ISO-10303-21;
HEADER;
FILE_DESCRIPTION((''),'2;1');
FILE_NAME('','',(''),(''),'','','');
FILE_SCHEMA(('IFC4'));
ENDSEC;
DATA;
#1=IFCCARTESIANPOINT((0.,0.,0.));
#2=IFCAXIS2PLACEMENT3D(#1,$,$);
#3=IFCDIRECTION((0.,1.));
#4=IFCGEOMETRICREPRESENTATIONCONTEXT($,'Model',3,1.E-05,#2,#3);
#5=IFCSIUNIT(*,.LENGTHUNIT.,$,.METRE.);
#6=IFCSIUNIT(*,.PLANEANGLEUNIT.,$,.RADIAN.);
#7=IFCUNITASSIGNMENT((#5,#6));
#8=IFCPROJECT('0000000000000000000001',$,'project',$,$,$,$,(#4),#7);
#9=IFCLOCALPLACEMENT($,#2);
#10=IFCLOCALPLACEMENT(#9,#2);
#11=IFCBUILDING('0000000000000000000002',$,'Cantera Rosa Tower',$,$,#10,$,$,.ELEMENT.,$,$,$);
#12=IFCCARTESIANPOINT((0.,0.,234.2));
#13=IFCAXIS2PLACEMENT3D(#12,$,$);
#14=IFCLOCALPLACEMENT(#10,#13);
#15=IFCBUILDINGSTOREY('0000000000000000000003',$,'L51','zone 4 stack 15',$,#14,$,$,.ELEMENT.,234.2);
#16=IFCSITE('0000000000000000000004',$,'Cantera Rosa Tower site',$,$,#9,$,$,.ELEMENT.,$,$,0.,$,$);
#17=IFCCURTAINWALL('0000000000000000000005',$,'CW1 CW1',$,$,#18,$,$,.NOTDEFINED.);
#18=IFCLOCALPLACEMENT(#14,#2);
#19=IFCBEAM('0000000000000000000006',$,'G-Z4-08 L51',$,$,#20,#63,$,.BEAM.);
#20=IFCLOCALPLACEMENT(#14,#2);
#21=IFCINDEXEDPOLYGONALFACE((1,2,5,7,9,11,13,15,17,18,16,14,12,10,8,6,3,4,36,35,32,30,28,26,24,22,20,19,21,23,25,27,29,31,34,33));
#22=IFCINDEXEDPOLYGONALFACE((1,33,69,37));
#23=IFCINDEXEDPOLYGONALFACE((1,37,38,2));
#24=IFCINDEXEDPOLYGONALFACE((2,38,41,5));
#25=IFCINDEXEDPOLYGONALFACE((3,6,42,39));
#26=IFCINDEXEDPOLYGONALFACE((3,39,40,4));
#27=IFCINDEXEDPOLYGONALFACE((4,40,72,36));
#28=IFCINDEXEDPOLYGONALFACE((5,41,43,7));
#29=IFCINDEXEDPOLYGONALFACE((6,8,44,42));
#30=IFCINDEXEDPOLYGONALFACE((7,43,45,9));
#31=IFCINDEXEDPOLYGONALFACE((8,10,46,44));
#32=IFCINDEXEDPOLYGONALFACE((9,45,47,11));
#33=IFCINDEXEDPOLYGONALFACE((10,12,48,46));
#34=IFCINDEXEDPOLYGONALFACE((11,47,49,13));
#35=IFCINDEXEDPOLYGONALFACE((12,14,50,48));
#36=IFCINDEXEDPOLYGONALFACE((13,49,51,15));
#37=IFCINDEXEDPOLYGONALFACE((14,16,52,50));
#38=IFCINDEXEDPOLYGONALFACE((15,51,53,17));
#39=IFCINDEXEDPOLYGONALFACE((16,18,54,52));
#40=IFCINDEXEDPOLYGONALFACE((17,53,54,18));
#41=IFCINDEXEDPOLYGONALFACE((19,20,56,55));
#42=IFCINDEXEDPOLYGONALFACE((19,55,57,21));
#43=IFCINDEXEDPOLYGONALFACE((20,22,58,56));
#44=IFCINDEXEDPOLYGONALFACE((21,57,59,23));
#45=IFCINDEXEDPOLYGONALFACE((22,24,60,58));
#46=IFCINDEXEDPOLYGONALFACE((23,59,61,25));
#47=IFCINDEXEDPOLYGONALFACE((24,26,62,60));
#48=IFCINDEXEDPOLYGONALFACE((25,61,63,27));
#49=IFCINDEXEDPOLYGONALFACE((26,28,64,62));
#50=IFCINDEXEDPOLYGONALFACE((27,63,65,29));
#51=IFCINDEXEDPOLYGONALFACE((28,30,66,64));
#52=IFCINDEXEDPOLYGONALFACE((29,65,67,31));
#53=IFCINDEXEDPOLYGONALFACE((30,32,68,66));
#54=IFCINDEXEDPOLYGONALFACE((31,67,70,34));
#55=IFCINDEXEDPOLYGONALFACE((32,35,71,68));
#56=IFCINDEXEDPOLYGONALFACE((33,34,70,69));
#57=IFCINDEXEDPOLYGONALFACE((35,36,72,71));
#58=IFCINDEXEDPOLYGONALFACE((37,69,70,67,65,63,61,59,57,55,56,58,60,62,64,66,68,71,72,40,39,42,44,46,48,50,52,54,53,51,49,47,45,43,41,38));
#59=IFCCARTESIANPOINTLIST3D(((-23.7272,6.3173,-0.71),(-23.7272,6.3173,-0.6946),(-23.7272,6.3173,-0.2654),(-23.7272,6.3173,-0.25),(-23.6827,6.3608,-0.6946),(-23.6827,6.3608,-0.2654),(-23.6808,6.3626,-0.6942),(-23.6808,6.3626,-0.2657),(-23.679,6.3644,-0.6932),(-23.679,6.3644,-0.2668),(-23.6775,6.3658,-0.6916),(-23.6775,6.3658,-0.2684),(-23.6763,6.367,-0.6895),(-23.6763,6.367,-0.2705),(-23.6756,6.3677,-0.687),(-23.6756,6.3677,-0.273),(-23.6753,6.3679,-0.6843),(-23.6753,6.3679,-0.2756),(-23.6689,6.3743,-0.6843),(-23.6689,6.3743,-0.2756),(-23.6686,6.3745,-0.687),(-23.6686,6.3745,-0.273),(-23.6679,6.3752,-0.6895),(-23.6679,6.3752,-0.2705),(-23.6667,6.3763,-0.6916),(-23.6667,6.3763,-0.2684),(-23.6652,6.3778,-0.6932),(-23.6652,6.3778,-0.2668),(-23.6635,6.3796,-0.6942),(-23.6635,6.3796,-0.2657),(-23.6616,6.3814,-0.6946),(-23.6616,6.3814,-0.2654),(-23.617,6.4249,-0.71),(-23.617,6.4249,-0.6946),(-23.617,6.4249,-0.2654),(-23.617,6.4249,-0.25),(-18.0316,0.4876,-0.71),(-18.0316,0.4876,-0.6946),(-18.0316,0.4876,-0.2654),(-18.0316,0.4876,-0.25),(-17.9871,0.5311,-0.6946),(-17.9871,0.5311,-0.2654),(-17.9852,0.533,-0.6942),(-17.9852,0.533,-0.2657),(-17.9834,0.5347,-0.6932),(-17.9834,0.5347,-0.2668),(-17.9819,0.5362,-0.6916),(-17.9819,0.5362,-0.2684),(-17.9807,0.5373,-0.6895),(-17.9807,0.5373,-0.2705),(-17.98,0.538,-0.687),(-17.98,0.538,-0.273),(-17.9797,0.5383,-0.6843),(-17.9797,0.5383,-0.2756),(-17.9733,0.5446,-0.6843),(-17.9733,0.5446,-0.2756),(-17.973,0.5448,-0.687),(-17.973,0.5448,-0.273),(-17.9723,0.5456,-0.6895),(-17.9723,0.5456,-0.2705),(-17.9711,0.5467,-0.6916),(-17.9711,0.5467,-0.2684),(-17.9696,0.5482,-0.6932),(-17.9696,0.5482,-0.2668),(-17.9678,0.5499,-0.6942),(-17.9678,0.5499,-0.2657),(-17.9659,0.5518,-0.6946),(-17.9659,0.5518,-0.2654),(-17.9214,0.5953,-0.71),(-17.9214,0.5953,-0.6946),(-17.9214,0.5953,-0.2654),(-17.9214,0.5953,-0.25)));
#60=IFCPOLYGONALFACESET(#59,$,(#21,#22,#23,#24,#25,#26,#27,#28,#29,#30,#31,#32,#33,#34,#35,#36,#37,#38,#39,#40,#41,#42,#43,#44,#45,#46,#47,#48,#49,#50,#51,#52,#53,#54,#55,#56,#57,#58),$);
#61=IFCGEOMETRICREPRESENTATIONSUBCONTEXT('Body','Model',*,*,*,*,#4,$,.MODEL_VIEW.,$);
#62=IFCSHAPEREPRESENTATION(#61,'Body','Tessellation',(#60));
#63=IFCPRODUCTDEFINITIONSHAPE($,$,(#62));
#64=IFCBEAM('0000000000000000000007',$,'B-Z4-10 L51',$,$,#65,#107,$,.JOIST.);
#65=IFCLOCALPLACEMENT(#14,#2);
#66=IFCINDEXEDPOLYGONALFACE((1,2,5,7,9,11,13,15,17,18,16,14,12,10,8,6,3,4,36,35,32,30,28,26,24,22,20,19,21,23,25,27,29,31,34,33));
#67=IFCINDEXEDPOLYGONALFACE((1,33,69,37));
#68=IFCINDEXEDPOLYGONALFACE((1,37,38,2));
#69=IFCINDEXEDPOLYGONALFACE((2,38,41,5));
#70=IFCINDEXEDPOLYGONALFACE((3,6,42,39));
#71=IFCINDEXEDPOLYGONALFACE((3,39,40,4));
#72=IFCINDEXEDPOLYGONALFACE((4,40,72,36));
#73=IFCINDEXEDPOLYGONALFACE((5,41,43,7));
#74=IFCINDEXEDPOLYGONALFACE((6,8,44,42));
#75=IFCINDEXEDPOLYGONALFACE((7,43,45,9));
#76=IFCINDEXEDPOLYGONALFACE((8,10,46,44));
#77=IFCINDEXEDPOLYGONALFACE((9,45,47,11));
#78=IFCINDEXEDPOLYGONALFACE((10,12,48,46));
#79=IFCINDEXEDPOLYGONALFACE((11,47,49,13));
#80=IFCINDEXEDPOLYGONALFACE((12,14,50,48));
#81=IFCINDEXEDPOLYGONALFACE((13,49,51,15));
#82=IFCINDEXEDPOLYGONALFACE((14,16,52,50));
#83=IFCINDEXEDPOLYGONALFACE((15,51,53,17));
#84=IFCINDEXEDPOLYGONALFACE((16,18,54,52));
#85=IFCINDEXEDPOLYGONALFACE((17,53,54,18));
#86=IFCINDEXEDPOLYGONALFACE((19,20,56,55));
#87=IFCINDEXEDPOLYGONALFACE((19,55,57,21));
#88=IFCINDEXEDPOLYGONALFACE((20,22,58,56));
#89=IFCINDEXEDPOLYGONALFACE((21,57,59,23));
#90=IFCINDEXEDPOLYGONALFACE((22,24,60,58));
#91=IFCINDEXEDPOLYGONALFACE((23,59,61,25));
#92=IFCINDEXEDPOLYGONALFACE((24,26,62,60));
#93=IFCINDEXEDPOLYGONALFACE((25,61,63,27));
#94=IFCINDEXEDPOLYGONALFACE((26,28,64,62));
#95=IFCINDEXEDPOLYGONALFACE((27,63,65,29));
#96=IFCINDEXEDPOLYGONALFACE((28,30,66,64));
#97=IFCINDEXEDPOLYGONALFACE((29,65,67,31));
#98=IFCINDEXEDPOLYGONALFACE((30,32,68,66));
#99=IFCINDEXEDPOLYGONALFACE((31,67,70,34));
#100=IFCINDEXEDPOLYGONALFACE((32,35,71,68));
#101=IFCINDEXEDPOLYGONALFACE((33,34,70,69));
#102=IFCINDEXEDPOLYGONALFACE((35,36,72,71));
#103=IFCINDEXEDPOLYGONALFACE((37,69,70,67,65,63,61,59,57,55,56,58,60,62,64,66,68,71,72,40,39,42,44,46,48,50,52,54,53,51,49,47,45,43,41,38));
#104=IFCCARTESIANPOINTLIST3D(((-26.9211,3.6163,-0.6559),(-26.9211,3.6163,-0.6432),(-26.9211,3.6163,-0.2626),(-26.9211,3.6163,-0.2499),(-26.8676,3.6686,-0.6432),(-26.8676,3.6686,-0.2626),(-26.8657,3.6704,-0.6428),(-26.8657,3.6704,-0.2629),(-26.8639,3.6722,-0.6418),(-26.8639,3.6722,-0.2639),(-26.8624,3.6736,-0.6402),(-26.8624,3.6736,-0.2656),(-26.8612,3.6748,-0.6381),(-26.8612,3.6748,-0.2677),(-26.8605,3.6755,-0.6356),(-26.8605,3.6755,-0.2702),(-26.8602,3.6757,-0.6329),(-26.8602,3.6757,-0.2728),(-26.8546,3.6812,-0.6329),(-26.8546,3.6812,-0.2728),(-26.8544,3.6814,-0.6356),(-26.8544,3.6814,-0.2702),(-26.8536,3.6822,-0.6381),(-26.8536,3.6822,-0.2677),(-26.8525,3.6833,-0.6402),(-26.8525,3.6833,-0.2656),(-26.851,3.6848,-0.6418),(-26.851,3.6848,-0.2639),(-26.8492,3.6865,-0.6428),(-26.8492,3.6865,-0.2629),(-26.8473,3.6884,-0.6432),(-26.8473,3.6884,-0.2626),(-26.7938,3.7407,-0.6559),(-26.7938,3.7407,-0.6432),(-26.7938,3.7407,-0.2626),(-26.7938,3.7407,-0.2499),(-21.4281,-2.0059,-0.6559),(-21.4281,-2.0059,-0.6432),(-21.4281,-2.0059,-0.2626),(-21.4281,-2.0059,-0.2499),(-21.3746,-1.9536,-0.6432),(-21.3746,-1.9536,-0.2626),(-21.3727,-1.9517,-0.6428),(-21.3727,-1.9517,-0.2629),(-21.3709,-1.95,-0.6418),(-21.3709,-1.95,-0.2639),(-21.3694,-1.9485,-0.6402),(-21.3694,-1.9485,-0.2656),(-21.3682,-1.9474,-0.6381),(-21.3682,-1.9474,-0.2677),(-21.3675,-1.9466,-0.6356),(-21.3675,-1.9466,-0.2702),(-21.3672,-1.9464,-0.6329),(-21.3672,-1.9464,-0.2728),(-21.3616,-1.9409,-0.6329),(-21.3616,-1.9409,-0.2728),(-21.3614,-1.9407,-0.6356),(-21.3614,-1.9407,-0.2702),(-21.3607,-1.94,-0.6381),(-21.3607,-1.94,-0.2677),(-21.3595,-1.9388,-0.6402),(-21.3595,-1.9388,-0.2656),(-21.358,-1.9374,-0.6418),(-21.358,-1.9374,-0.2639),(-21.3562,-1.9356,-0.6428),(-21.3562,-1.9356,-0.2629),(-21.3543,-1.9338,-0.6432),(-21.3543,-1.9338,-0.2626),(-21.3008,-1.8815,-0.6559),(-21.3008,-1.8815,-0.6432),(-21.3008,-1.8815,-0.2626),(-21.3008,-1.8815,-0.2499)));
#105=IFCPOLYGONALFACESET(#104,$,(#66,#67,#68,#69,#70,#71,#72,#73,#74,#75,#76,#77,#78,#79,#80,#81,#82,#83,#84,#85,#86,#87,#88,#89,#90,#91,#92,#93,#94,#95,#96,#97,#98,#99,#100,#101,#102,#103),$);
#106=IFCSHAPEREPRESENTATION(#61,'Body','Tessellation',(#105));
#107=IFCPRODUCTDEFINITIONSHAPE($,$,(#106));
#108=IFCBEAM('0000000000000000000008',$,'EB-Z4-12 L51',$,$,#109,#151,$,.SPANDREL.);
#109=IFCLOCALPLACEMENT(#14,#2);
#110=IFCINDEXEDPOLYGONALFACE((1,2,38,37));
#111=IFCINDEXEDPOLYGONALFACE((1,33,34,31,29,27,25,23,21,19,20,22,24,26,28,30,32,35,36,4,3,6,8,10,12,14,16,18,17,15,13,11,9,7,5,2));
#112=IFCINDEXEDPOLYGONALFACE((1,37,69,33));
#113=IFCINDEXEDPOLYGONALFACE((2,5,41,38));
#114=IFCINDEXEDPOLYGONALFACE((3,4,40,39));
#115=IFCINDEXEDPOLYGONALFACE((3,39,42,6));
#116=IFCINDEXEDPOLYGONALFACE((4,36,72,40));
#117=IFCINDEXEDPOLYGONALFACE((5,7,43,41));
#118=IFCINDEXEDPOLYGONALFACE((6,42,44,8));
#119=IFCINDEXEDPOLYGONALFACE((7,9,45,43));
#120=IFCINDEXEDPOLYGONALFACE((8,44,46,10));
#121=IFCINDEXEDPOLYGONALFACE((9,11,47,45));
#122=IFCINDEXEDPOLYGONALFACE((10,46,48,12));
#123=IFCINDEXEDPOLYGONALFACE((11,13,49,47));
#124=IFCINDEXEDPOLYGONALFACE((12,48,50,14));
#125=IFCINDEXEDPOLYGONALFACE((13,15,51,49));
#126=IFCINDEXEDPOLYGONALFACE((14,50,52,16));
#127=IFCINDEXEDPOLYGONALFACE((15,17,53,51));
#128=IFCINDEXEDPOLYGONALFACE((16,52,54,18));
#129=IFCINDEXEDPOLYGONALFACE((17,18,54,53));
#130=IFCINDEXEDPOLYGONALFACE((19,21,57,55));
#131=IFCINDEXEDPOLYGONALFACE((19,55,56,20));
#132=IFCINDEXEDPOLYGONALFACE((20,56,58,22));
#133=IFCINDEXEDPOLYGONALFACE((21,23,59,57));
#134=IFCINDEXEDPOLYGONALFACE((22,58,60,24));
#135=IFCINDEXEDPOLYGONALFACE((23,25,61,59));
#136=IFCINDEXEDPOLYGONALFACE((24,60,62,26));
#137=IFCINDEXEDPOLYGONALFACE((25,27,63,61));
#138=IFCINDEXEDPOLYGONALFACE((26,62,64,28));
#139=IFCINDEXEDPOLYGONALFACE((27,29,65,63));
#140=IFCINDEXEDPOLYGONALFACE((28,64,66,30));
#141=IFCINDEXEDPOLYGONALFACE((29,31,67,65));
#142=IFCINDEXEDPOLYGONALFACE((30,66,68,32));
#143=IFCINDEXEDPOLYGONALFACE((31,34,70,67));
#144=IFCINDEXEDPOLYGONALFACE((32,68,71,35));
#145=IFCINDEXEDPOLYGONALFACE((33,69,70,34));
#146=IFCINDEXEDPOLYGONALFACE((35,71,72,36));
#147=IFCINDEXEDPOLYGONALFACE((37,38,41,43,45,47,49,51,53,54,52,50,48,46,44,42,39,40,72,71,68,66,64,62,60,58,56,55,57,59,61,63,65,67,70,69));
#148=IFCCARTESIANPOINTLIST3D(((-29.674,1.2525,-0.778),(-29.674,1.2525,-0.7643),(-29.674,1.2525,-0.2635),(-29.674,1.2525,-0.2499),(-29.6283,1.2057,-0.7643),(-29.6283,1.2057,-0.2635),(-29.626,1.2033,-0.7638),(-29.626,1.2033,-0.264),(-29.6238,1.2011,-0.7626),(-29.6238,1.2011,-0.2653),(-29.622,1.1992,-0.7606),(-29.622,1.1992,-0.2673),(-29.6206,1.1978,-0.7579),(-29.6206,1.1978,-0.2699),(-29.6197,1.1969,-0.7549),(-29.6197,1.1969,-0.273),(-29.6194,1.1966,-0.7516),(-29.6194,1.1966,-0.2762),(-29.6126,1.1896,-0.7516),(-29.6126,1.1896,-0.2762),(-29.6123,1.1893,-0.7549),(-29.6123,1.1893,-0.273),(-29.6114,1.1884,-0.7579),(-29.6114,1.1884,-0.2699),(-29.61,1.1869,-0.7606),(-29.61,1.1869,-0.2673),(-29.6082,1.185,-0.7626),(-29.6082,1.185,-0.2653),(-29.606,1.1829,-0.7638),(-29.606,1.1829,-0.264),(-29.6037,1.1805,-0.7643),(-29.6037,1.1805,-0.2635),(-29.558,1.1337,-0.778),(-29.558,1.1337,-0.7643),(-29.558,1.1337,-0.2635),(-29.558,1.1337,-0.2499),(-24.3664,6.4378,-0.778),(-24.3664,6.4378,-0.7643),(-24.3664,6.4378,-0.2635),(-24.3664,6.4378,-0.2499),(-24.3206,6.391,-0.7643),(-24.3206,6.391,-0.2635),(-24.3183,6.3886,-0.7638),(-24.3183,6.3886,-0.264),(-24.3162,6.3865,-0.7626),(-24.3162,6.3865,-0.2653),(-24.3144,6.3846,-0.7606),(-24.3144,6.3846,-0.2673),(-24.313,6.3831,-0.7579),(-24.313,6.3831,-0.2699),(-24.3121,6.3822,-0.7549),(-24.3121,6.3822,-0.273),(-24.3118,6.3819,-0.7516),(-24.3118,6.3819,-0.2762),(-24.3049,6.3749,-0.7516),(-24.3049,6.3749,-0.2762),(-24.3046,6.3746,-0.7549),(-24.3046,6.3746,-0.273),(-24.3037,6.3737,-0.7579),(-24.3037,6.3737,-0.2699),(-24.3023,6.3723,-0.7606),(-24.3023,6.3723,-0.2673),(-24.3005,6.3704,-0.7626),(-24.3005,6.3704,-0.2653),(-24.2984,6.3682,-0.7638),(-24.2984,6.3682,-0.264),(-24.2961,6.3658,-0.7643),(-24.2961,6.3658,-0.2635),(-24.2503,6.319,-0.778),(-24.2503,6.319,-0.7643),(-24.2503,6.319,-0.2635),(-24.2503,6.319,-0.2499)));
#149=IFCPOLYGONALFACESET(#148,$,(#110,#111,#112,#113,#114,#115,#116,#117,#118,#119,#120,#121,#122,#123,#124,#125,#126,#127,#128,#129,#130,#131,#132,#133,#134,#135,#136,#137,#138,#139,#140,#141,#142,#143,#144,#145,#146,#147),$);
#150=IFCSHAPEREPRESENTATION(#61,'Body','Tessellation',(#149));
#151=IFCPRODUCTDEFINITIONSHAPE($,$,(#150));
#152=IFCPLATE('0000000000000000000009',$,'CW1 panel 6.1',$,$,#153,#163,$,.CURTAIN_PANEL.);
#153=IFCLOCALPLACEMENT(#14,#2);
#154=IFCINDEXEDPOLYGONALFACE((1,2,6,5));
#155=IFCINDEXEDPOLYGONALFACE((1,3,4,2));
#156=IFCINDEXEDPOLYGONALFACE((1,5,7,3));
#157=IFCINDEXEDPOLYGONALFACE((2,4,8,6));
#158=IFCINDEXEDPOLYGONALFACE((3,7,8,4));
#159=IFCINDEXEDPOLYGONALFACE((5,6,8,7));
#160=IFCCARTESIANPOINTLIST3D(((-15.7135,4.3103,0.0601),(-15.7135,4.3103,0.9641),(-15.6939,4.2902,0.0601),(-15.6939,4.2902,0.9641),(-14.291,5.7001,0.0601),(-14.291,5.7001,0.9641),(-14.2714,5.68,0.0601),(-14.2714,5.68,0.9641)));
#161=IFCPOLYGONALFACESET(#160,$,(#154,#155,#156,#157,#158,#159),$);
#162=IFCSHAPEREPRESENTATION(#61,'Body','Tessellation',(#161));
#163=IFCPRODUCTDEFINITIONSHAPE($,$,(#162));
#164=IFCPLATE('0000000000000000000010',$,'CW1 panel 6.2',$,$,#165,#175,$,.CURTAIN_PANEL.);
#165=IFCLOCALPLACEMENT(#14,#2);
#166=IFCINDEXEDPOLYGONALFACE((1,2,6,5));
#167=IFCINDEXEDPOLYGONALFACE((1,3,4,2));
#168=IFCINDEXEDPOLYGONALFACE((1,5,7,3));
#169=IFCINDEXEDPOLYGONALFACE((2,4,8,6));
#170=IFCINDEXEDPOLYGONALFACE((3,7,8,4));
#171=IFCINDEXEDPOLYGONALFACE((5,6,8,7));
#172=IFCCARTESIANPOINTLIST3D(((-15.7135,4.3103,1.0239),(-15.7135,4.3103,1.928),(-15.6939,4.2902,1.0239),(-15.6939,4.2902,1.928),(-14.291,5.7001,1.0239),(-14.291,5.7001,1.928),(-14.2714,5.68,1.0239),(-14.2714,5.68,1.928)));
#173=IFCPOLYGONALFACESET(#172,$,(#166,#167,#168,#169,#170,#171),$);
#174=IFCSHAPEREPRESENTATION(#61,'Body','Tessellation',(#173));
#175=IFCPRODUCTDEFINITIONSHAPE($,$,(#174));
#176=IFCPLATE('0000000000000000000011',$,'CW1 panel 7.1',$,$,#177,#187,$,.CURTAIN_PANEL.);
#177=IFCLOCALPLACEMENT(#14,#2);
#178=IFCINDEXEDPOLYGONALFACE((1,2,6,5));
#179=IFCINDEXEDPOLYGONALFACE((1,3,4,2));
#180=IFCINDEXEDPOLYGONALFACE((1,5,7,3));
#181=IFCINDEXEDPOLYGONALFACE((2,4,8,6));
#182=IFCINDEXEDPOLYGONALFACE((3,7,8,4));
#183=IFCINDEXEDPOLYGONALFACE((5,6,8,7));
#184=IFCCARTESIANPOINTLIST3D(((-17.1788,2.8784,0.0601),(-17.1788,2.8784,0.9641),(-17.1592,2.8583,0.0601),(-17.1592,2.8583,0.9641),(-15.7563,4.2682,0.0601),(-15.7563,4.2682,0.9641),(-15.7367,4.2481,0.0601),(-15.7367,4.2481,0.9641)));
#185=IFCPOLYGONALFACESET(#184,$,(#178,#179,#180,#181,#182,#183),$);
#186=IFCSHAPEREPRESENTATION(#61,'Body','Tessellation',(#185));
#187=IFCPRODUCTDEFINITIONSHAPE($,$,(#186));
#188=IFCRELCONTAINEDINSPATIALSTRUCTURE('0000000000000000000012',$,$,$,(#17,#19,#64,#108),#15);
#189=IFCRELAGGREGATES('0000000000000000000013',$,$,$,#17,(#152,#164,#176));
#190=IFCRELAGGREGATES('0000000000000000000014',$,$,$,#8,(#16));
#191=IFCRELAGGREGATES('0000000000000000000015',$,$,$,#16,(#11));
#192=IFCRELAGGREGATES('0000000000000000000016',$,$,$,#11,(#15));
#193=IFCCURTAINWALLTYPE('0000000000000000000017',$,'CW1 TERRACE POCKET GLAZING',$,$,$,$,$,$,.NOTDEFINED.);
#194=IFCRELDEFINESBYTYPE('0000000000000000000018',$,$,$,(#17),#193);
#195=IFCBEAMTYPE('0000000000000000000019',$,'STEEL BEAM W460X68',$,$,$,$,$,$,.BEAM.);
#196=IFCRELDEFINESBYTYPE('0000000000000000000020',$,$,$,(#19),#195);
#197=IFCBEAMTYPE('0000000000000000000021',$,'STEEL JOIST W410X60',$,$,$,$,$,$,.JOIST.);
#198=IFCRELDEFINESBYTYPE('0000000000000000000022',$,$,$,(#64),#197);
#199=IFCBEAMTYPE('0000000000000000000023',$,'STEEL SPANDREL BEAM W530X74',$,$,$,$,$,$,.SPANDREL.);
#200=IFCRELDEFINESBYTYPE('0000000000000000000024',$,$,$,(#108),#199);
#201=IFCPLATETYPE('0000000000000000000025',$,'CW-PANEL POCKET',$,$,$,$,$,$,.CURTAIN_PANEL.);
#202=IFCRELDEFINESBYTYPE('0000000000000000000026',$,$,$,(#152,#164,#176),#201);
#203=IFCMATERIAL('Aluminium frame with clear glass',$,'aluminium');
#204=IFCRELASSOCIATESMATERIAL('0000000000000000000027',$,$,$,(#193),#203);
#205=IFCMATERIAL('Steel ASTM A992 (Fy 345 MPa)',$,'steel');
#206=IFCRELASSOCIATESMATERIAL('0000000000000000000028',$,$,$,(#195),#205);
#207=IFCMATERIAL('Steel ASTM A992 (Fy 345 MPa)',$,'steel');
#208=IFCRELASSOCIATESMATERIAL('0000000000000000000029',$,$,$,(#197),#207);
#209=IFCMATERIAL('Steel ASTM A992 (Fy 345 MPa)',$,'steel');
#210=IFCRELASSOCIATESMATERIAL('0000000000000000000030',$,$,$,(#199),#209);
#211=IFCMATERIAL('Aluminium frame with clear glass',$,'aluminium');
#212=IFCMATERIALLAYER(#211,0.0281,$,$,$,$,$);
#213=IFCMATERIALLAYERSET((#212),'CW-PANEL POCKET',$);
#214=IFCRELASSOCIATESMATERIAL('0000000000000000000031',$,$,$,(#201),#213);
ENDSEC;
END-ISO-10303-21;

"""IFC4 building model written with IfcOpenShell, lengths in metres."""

from ifc_helpers import new_model, si_unit, direction, frame, origin, origin_2d, place, context, subcontext, project, spatial, rectangle, i_section, extrude, material, layer, layer_set, material_profile, profile_set, type_object, element, aggregate, save


model = new_model("IFC4")

# Units and contexts
model_context = context("Model", 3, precision=1e-05, world=origin(), true_north=direction((0.0, 1.0)))
body_context = subcontext(model_context, "Body", "Model", "MODEL_VIEW")
ifc_project = project(units=[si_unit("LENGTHUNIT", "METRE"), si_unit("PLANEANGLEUNIT", "RADIAN")], contexts=[model_context])

# Site, building, storey
site_placement = place(None, origin())
site = spatial("IfcSite", under=ifc_project, at=site_placement, Name="Cantera Rosa Tower site", CompositionType="ELEMENT", RefElevation=0.0)
building_placement = place(site_placement, origin())
building = spatial("IfcBuilding", under=site, at=building_placement, Name="Cantera Rosa Tower", CompositionType="ELEMENT")
storey_placement = place(building_placement, frame((0.0, 0.0, 234.2)))
storey = spatial("IfcBuildingStorey", under=building, at=storey_placement, Name="L51", Description="zone 4 stack 15", CompositionType="ELEMENT", Elevation=234.2)

# Curtain wall
ifc_material_1 = material(Name="Aluminium frame with clear glass", Category="aluminium")
curtain_wall_type = type_object("IfcCurtainWallType", Name="CW1 TERRACE POCKET GLAZING", PredefinedType="NOTDEFINED", material=ifc_material_1)
curtain_wall_placement = place(storey_placement, origin())
curtain_wall = element("IfcCurtainWall", 1, at=curtain_wall_placement, inside=storey, type_object=curtain_wall_type, Name="CW1 CW1", PredefinedType="NOTDEFINED")

# Beams
ifc_material_2 = material(Name="Steel ASTM A992 (Fy 345 MPa)", Category="steel")
ifc_material_profile_1 = material_profile(ifc_material_2, i_section(OverallWidth=0.1541, OverallDepth=0.46, WebThickness=0.009, FlangeThickness=0.0154, FilletRadius=0.0103, at=origin_2d()), Name="W460X68")
ifc_profile_set_1 = profile_set([ifc_material_profile_1], Name="Steel ASTM A992 (Fy 345 MPa)")
beam_type_1 = type_object("IfcBeamType", Name="STEEL BEAM W460X68", PredefinedType="BEAM", material=ifc_profile_set_1)
beam_1_placement = place(storey_placement, frame((-23.6721, 6.3711, -0.48), z_axis=(0.698836, -0.715282, 0.0), x_axis=(0.715282, 0.698836, 0.0)))
element("IfcBeam", 2, at=beam_1_placement, inside=storey, type_object=beam_type_1, Name="G-Z4-08 L51", PredefinedType="BEAM", context=body_context, shape_type="SweptSolid", body=[
    extrude(i_section(OverallWidth=0.1541, OverallDepth=0.46, WebThickness=0.009, FlangeThickness=0.0154, FilletRadius=0.0103, at=origin_2d()), origin(), (0.0, 0.0, 1.0), 8.1501),
])
ifc_material_3 = material(Name="Steel ASTM A992 (Fy 345 MPa)", Category="steel")
ifc_material_profile_2 = material_profile(ifc_material_3, i_section(OverallWidth=0.178, OverallDepth=0.406, WebThickness=0.0078, FlangeThickness=0.0127, FilletRadius=0.0103, at=origin_2d()), Name="W410X60")
ifc_profile_set_2 = profile_set([ifc_material_profile_2], Name="Steel ASTM A992 (Fy 345 MPa)")
beam_type_2 = type_object("IfcBeamType", Name="STEEL JOIST W410X60", PredefinedType="JOIST", material=ifc_profile_set_2)
beam_2_placement = place(storey_placement, frame((-26.8574, 3.6785, -0.4529), z_axis=(0.698843, -0.715275, 0.0), x_axis=(0.715275, 0.698843, 0.0)))
element("IfcBeam", 3, at=beam_2_placement, inside=storey, type_object=beam_type_2, Name="B-Z4-10 L51", PredefinedType="JOIST", context=body_context, shape_type="SweptSolid", body=[
    extrude(i_section(OverallWidth=0.178, OverallDepth=0.406, WebThickness=0.0078, FlangeThickness=0.0127, FilletRadius=0.0103, at=origin_2d()), origin(), (0.0, 0.0, 1.0), 7.8601),
])
ifc_material_4 = material(Name="Steel ASTM A992 (Fy 345 MPa)", Category="steel")
ifc_material_profile_3 = material_profile(ifc_material_4, i_section(OverallWidth=0.166, OverallDepth=0.5281, WebThickness=0.0098, FlangeThickness=0.0137, FilletRadius=0.0127, at=origin_2d()), Name="W530X74")
ifc_profile_set_3 = profile_set([ifc_material_profile_3], Name="Steel ASTM A992 (Fy 345 MPa)")
beam_type_3 = type_object("IfcBeamType", Name="STEEL SPANDREL BEAM W530X74", PredefinedType="SPANDREL", material=ifc_profile_set_3)
beam_3_placement = place(storey_placement, frame((-24.3083, 6.3784, -0.5139), z_axis=(-0.715301, -0.698817, 0.0), x_axis=(0.698817, -0.715301, 0.0)))
element("IfcBeam", 4, at=beam_3_placement, inside=storey, type_object=beam_type_3, Name="EB-Z4-12 L51", PredefinedType="SPANDREL", context=body_context, shape_type="SweptSolid", body=[
    extrude(i_section(OverallWidth=0.166, OverallDepth=0.5281, WebThickness=0.0098, FlangeThickness=0.0137, FilletRadius=0.0127, at=origin_2d()), origin(), (0.0, 0.0, 1.0), 7.4202),
])

# Plates
ifc_material_5 = material(Name="Aluminium frame with clear glass", Category="aluminium")
ifc_layer_1 = layer(ifc_material_5, 0.0281)
ifc_layer_set_1 = layer_set([ifc_layer_1], Name="CW-PANEL POCKET")
plate_type_1 = type_object("IfcPlateType", Name="CW-PANEL POCKET", PredefinedType="CURTAIN_PANEL", material=ifc_layer_set_1)
plate_1_placement = place(storey_placement, frame((-14.9924, 4.9951, 0.0601), z_axis=(0.0, 0.0, 1.0), x_axis=(-0.715286, -0.698832, 0.0)))
plate_1 = element("IfcPlate", 5, at=plate_1_placement, type_object=plate_type_1, Name="CW1 panel 6.1", PredefinedType="CURTAIN_PANEL", context=body_context, shape_type="SweptSolid", body=[
    extrude(rectangle(XDim=1.9888, YDim=0.0281, at=origin_2d()), origin(), (0.0, 0.0, 1.0), 0.9041),
])
plate_2_placement = place(storey_placement, frame((-14.9924, 4.9951, 1.0239), z_axis=(0.0, 0.0, 1.0), x_axis=(-0.715286, -0.698832, 0.0)))
plate_2 = element("IfcPlate", 6, at=plate_2_placement, type_object=plate_type_1, Name="CW1 panel 6.2", PredefinedType="CURTAIN_PANEL", context=body_context, shape_type="SweptSolid", body=[
    extrude(rectangle(XDim=1.9888, YDim=0.0281, at=origin_2d()), origin(), (0.0, 0.0, 1.0), 0.9041),
])
plate_3_placement = place(storey_placement, frame((-16.4578, 3.5632, 0.0601), z_axis=(0.0, 0.0, 1.0), x_axis=(-0.715286, -0.698832, 0.0)))
plate_3 = element("IfcPlate", 7, at=plate_3_placement, type_object=plate_type_1, Name="CW1 panel 7.1", PredefinedType="CURTAIN_PANEL", context=body_context, shape_type="SweptSolid", body=[
    extrude(rectangle(XDim=1.9888, YDim=0.0281, at=origin_2d()), origin(), (0.0, 0.0, 1.0), 0.9041),
])
aggregate(curtain_wall, [plate_1, plate_2, plate_3])

save(model, "model.ifc")
